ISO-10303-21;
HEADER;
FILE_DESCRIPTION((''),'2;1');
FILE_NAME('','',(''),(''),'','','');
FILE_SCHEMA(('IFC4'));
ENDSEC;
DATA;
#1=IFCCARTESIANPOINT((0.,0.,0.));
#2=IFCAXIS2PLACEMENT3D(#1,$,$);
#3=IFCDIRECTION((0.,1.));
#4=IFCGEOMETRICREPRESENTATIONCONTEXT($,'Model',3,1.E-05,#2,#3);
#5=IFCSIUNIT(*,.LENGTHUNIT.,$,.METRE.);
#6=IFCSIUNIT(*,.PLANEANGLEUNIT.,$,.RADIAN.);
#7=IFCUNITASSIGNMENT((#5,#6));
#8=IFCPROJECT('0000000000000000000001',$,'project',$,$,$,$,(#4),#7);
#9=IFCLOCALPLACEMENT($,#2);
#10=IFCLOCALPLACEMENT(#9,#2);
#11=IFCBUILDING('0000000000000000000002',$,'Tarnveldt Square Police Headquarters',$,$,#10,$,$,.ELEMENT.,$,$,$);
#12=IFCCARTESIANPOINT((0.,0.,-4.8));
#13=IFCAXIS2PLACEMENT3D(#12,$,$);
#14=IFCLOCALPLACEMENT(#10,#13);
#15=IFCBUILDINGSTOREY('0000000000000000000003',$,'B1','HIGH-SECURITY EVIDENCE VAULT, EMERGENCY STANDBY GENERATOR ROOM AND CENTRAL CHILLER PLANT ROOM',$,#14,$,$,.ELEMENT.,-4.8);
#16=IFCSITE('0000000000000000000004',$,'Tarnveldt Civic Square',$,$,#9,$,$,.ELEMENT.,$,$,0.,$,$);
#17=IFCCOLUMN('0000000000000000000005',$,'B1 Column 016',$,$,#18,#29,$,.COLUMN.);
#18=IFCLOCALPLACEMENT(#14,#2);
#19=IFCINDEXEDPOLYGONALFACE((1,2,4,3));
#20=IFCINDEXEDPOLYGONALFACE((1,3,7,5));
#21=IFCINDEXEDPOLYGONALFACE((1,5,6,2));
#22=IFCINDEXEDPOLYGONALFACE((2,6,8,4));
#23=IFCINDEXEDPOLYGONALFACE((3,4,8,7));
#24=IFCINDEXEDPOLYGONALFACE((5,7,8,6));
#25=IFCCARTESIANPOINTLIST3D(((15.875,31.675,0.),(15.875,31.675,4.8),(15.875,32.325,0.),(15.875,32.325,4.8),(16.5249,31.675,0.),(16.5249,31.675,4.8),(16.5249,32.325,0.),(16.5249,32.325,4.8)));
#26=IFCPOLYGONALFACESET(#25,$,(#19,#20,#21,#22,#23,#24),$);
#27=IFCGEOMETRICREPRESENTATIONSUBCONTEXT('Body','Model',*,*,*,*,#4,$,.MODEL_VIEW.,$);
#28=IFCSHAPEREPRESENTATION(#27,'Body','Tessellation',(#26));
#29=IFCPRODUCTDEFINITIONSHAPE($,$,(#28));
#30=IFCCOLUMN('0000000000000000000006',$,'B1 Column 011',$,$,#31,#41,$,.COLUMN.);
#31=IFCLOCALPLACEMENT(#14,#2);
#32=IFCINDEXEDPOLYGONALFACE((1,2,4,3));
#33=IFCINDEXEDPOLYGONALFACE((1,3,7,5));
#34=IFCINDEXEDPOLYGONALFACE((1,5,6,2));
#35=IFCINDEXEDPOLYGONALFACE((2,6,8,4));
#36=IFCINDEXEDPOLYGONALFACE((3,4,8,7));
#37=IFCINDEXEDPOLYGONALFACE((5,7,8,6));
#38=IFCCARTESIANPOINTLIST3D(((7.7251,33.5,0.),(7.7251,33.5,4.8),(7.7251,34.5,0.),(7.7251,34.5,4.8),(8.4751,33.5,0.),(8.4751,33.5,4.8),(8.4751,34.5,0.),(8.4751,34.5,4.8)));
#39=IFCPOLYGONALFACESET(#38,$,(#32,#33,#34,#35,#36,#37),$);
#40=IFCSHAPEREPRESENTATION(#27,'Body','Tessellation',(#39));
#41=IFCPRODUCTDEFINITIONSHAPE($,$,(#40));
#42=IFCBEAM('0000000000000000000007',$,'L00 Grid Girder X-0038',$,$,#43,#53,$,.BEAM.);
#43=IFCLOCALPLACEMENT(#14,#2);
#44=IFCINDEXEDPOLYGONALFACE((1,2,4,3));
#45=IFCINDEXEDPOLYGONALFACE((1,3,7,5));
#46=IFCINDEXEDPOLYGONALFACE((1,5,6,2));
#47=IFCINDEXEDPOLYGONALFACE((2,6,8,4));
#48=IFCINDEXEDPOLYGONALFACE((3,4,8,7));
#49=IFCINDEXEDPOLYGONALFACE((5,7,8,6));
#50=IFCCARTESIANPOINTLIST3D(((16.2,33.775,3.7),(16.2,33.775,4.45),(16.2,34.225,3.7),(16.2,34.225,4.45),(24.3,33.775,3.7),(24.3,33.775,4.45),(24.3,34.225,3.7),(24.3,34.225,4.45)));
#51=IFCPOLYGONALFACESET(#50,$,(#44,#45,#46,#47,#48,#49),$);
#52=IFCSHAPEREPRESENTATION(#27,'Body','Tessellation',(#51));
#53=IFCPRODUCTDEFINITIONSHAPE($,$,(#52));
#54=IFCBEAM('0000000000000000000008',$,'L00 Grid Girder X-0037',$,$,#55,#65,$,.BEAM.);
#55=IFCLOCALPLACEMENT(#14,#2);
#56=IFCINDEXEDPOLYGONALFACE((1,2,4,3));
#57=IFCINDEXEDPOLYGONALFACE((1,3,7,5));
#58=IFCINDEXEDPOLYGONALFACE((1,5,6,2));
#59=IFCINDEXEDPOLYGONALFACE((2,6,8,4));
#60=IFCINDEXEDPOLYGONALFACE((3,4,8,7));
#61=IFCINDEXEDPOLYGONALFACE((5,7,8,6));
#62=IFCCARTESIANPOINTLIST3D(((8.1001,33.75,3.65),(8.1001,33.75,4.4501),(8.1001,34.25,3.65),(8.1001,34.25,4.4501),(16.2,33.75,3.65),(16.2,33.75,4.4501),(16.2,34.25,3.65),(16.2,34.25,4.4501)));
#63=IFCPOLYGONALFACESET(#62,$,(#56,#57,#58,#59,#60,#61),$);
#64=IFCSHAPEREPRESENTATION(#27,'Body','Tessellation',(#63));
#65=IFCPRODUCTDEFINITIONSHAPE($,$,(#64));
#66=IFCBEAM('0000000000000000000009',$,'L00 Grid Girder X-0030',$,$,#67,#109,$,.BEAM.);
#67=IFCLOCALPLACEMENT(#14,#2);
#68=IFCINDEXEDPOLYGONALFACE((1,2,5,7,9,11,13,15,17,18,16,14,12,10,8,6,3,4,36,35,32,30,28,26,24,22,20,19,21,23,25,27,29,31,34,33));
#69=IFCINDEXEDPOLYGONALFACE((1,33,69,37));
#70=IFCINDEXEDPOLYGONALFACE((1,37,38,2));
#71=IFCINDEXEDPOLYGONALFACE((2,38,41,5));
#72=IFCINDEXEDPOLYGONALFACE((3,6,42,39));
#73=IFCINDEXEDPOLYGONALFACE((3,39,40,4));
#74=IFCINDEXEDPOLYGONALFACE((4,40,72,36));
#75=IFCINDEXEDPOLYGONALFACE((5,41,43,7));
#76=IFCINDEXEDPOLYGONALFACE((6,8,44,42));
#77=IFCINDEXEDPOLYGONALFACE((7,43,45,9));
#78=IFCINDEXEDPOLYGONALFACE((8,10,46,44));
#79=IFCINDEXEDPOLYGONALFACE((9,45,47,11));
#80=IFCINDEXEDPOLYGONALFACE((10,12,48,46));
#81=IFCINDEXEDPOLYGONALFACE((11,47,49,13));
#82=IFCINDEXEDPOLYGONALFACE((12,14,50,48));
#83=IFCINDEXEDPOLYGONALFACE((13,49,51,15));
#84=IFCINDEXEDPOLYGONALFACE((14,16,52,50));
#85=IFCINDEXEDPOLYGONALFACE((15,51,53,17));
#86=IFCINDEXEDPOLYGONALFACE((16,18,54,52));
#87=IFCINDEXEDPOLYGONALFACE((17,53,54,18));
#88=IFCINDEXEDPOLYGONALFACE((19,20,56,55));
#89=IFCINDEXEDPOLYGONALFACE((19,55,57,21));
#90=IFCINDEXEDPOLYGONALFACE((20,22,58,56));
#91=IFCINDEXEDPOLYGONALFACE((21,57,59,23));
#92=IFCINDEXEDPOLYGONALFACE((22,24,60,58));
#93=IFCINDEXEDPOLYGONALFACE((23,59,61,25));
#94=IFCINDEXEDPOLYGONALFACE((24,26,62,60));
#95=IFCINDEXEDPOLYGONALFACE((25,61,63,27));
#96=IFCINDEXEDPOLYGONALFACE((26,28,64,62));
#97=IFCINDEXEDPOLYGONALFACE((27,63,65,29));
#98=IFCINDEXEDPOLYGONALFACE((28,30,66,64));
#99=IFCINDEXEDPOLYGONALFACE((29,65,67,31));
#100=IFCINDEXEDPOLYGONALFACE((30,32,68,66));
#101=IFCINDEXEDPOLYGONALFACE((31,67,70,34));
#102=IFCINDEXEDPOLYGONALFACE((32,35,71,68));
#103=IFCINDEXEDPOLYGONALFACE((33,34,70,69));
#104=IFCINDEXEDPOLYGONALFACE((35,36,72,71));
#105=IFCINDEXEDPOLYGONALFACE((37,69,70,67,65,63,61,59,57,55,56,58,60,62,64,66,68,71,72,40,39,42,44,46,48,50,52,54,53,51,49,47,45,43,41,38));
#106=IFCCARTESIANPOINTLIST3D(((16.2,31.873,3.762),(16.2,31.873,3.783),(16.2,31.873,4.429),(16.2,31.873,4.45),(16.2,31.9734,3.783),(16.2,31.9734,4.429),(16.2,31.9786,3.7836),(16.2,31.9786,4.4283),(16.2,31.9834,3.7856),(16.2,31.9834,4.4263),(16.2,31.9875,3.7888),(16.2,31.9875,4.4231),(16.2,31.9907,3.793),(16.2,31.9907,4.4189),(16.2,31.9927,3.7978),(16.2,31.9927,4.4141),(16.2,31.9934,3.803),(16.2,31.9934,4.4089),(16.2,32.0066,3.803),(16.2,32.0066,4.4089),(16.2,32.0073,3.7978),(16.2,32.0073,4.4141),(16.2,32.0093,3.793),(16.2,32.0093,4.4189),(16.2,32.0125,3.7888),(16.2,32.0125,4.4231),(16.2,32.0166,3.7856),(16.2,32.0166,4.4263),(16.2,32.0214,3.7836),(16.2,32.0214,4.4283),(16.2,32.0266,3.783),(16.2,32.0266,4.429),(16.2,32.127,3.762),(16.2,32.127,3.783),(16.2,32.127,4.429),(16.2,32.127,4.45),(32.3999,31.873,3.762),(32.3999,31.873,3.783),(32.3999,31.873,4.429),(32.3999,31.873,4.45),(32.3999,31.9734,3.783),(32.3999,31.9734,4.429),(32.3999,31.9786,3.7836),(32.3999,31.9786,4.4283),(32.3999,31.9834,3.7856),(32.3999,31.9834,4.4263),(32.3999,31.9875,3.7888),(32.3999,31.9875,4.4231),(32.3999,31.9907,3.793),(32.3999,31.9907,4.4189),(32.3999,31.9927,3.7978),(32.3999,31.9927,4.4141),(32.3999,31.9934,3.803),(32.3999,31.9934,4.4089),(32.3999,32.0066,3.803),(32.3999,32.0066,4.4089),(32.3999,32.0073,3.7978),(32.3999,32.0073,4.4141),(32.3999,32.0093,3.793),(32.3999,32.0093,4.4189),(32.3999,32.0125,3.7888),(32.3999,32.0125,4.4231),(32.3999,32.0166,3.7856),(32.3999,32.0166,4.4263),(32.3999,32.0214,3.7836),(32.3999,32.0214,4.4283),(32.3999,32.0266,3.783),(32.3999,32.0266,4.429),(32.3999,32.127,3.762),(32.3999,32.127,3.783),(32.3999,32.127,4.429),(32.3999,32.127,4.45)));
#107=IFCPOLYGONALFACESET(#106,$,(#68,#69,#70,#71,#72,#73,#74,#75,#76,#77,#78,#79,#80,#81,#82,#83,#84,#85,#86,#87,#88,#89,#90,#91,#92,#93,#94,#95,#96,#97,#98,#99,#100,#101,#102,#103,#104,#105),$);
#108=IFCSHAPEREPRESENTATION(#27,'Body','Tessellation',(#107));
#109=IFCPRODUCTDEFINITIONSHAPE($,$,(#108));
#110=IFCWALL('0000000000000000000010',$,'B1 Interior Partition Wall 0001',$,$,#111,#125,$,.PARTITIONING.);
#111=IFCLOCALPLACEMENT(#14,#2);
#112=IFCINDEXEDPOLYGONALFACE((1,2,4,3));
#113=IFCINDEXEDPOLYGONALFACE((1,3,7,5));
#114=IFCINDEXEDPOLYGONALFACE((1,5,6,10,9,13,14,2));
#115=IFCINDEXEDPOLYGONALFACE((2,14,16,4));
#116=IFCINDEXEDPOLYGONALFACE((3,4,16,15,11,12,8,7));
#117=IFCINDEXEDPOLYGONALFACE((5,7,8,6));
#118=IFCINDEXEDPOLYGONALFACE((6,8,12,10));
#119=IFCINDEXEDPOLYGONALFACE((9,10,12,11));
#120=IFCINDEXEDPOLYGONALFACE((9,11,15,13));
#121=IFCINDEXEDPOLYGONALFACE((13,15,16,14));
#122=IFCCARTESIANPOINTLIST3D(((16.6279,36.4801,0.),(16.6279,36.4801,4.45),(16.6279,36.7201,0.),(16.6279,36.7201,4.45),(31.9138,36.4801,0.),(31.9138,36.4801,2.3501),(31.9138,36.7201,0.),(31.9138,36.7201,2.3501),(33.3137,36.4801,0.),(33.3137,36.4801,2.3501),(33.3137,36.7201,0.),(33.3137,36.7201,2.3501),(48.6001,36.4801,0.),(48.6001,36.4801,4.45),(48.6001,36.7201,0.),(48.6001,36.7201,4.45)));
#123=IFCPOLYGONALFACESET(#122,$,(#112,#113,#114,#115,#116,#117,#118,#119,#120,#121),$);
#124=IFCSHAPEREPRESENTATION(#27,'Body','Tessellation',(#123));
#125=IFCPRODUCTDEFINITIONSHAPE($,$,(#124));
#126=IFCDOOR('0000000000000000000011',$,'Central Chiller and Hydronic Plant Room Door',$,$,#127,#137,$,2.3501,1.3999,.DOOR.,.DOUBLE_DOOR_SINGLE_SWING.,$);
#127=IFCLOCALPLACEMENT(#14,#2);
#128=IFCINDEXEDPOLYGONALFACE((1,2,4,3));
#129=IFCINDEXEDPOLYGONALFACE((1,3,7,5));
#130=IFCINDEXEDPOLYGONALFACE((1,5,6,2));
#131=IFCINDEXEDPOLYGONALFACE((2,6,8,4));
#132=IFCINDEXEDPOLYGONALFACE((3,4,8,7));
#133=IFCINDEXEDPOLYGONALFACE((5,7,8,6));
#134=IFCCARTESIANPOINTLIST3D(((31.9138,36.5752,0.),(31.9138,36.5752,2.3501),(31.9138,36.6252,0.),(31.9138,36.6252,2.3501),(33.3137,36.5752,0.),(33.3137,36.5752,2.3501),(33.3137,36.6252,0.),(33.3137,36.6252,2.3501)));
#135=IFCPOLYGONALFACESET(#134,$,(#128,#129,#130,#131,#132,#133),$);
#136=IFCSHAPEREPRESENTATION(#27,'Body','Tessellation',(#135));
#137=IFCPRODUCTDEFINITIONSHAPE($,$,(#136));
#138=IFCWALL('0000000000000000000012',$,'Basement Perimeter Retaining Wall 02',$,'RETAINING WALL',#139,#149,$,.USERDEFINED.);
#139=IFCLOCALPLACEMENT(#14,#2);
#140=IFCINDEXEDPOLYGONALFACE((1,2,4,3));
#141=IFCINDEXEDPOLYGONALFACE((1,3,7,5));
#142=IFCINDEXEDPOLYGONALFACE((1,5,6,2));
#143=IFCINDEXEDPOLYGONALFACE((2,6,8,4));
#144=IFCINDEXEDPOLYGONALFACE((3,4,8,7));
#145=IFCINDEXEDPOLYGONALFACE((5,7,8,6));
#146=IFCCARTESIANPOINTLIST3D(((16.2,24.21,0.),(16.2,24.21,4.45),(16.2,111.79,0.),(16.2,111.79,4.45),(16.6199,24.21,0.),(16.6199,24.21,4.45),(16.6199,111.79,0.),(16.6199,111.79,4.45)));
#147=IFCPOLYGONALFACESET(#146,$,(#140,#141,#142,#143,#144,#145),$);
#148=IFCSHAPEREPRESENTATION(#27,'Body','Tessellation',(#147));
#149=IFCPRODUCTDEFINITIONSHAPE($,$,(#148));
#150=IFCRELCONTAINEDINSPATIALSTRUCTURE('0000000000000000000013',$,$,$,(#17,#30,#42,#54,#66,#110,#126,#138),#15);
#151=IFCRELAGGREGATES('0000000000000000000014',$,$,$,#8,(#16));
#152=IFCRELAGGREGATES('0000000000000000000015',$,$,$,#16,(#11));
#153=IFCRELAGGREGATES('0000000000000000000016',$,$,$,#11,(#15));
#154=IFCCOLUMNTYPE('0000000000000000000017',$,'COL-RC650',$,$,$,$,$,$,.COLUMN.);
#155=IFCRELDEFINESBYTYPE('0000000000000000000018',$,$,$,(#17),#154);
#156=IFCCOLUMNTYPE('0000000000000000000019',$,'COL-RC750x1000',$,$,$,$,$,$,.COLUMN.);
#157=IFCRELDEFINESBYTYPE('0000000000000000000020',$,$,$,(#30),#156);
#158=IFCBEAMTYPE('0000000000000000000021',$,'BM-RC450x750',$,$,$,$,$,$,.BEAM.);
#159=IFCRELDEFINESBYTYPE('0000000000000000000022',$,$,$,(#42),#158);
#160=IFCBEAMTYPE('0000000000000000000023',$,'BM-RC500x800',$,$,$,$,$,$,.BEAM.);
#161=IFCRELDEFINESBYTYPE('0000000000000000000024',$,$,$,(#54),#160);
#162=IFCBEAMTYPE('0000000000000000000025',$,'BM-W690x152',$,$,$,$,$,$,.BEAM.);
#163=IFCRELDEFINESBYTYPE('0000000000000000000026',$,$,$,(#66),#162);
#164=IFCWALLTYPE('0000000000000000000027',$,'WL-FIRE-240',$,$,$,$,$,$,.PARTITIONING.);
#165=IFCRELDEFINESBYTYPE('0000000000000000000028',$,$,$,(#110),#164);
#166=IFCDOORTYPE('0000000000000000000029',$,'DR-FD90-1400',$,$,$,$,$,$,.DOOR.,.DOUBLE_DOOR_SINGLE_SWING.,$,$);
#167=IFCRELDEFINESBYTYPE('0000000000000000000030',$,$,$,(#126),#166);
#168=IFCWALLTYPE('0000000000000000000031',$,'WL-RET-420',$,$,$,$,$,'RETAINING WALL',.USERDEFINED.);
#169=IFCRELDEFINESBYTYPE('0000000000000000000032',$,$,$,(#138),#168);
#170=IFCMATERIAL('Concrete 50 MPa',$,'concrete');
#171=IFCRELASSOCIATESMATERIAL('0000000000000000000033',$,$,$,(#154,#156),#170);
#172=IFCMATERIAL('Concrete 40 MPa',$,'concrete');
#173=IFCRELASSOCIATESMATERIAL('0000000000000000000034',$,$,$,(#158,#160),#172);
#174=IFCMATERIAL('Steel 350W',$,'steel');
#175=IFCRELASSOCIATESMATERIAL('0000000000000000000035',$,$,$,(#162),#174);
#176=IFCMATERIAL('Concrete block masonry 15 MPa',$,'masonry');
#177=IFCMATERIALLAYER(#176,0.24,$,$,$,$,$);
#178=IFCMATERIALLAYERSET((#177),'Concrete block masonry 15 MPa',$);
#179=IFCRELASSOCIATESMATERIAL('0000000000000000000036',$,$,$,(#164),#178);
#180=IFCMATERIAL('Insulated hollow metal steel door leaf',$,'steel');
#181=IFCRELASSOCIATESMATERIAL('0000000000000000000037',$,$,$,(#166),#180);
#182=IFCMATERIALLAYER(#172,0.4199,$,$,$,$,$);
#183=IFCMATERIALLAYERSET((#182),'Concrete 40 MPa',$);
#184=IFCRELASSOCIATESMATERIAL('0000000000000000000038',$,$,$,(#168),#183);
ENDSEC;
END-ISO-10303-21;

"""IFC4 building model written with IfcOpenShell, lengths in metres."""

from ifc_helpers import new_model, si_unit, direction, frame, frame_2d, origin, origin_2d, place, context, subcontext, project, spatial, rectangle, i_section, extrude, material, layer, layer_set, material_profile, profile_set, type_object, element, fill, save


model = new_model("IFC4")

# Units and contexts
model_context = context("Model", 3, precision=1e-05, world=origin(), true_north=direction((0.0, 1.0)))
body_context = subcontext(model_context, "Body", "Model", "MODEL_VIEW")
ifc_project = project(units=[si_unit("LENGTHUNIT", "METRE"), si_unit("PLANEANGLEUNIT", "RADIAN")], contexts=[model_context])

# Site, building, storey
site_placement = place(None, origin())
site = spatial("IfcSite", under=ifc_project, at=site_placement, Name="Tarnveldt Civic Square", CompositionType="ELEMENT", RefElevation=0.0)
building_placement = place(site_placement, origin())
building = spatial("IfcBuilding", under=site, at=building_placement, Name="Tarnveldt Square Police Headquarters", CompositionType="ELEMENT")
storey_placement = place(building_placement, frame((0.0, 0.0, -4.8)))
storey = spatial("IfcBuildingStorey", under=building, at=storey_placement, Name="B1", Description="HIGH-SECURITY EVIDENCE VAULT, EMERGENCY STANDBY GENERATOR ROOM AND CENTRAL CHILLER PLANT ROOM", CompositionType="ELEMENT", Elevation=-4.8)

# Shared definitions
ifc_material_1 = material(Name="Concrete 40 MPa", Category="concrete")

# Columns
ifc_material_2 = material(Name="Concrete 50 MPa", Category="concrete")
ifc_material_profile_1 = material_profile(ifc_material_2, rectangle(XDim=0.6499, YDim=0.6499, at=origin_2d()), Name="RC-C650x650")
ifc_profile_set_1 = profile_set([ifc_material_profile_1], Name="Concrete 50 MPa")
column_type_1 = type_object("IfcColumnType", Name="COL-RC650", PredefinedType="COLUMN", material=ifc_profile_set_1)
column_1_placement = place(storey_placement, frame((16.2, 32.0, 0.0), z_axis=(0.0, 0.0, 1.0), x_axis=(1.0, 0.0, 0.0)))
element("IfcColumn", 1, at=column_1_placement, inside=storey, type_object=column_type_1, Name="B1 Column 016", PredefinedType="COLUMN", context=body_context, shape_type="SweptSolid", body=[
    extrude(rectangle(XDim=0.6499, YDim=0.6499, at=origin_2d()), origin(), (0.0, 0.0, 1.0), 4.8),
])
ifc_material_profile_2 = material_profile(ifc_material_2, rectangle(XDim=0.75, YDim=1.0, at=origin_2d()), Name="RC-C750x1000")
ifc_profile_set_2 = profile_set([ifc_material_profile_2], Name="Concrete 50 MPa")
column_type_2 = type_object("IfcColumnType", Name="COL-RC750x1000", PredefinedType="COLUMN", material=ifc_profile_set_2)
column_2_placement = place(storey_placement, frame((8.1001, 34.0, 0.0), z_axis=(0.0, 0.0, 1.0), x_axis=(1.0, 0.0, 0.0)))
element("IfcColumn", 2, at=column_2_placement, inside=storey, type_object=column_type_2, Name="B1 Column 011", PredefinedType="COLUMN", context=body_context, shape_type="SweptSolid", body=[
    extrude(rectangle(XDim=0.75, YDim=1.0, at=origin_2d()), origin(), (0.0, 0.0, 1.0), 4.8),
])

# Beams
ifc_material_profile_3 = material_profile(ifc_material_1, rectangle(XDim=0.45, YDim=0.75, at=origin_2d()), Name="RC-B450x750")
ifc_profile_set_3 = profile_set([ifc_material_profile_3], Name="Concrete 40 MPa")
beam_type_1 = type_object("IfcBeamType", Name="BM-RC450x750", PredefinedType="BEAM", material=ifc_profile_set_3)
beam_1_placement = place(storey_placement, frame((16.2, 34.0, 4.075), z_axis=(1.0, 0.0, 0.0), x_axis=(0.0, 1.0, 0.0)))
element("IfcBeam", 3, at=beam_1_placement, inside=storey, type_object=beam_type_1, Name="L00 Grid Girder X-0038", PredefinedType="BEAM", context=body_context, shape_type="SweptSolid", body=[
    extrude(rectangle(XDim=0.45, YDim=0.75, at=origin_2d()), origin(), (0.0, 0.0, 1.0), 8.1001),
])
ifc_material_profile_4 = material_profile(ifc_material_1, rectangle(XDim=0.5, YDim=0.8, at=origin_2d()), Name="RC-B500x800")
ifc_profile_set_4 = profile_set([ifc_material_profile_4], Name="Concrete 40 MPa")
beam_type_2 = type_object("IfcBeamType", Name="BM-RC500x800", PredefinedType="BEAM", material=ifc_profile_set_4)
beam_2_placement = place(storey_placement, frame((8.1001, 34.0, 4.05), z_axis=(1.0, 0.0, 0.0), x_axis=(0.0, 1.0, 0.0)))
element("IfcBeam", 4, at=beam_2_placement, inside=storey, type_object=beam_type_2, Name="L00 Grid Girder X-0037", PredefinedType="BEAM", context=body_context, shape_type="SweptSolid", body=[
    extrude(rectangle(XDim=0.5, YDim=0.8, at=origin_2d()), origin(), (0.0, 0.0, 1.0), 8.0999),
])
ifc_material_3 = material(Name="Steel 350W", Category="steel")
ifc_material_profile_5 = material_profile(ifc_material_3, i_section(OverallWidth=0.2539, OverallDepth=0.688, WebThickness=0.0132, FlangeThickness=0.021, FilletRadius=0.02, at=origin_2d()), Name="W690x152")
ifc_profile_set_5 = profile_set([ifc_material_profile_5], Name="Steel 350W")
beam_type_3 = type_object("IfcBeamType", Name="BM-W690x152", PredefinedType="BEAM", material=ifc_profile_set_5)
beam_3_placement = place(storey_placement, frame((16.2, 32.0, 4.106), z_axis=(1.0, 0.0, 0.0), x_axis=(0.0, 1.0, 0.0)))
element("IfcBeam", 5, at=beam_3_placement, inside=storey, type_object=beam_type_3, Name="L00 Grid Girder X-0030", PredefinedType="BEAM", context=body_context, shape_type="SweptSolid", body=[
    extrude(i_section(OverallWidth=0.2539, OverallDepth=0.688, WebThickness=0.0132, FlangeThickness=0.021, FilletRadius=0.02, at=origin_2d()), origin(), (0.0, 0.0, 1.0), 16.2),
])

# Wall, opening, door
ifc_material_4 = material(Name="Concrete block masonry 15 MPa", Category="masonry")
ifc_layer_1 = layer(ifc_material_4, 0.24)
ifc_layer_set_1 = layer_set([ifc_layer_1], Name="Concrete block masonry 15 MPa")
wall_type_1 = type_object("IfcWallType", Name="WL-FIRE-240", PredefinedType="PARTITIONING", material=ifc_layer_set_1)
wall_1_placement = place(storey_placement, frame((16.6279, 36.6001, 0.0), z_axis=(0.0, 0.0, 1.0), x_axis=(1.0, 0.0, 0.0)))
wall_1 = element("IfcWall", 6, at=wall_1_placement, inside=storey, type_object=wall_type_1, Name="B1 Interior Partition Wall 0001", PredefinedType="PARTITIONING", context=body_context, shape_type="SweptSolid", body=[
    extrude(rectangle(XDim=31.9722, YDim=0.24, at=frame_2d((15.9861, 0.0))), origin(), (0.0, 0.0, 1.0), 4.45),
])
opening_placement = place(wall_1_placement, frame((15.2859, 0.0, 0.0)))
opening = element("IfcOpeningElement", 7, at=opening_placement, cuts=wall_1, PredefinedType="OPENING", context=body_context, shape_type="SweptSolid", body=[
    extrude(rectangle(XDim=1.3999, YDim=2.3501, at=frame_2d((0.7, 1.175))), frame((0.0, 0.1299, 0.0), z_axis=(0.0, -1.0, 0.0), x_axis=(1.0, 0.0, 0.0)), (0.0, 0.0, 1.0), 0.26),
])
ifc_material_5 = material(Name="Insulated hollow metal steel door leaf", Category="steel")
door_type = type_object("IfcDoorType", Name="DR-FD90-1400", OperationType="DOUBLE_DOOR_SINGLE_SWING", PredefinedType="DOOR", material=ifc_material_5)
door_placement = place(opening_placement, frame((1.3999, 0.0, 0.0), z_axis=(0.0, 0.0, 1.0), x_axis=(-1.0, 0.0, 0.0)))
door = element("IfcDoor", 8, at=door_placement, inside=storey, type_object=door_type, Name="Central Chiller and Hydronic Plant Room Door", OperationType="DOUBLE_DOOR_SINGLE_SWING", OverallHeight=2.3501, OverallWidth=1.3999, PredefinedType="DOOR", context=body_context, shape_type="SweptSolid", body=[
    extrude(rectangle(XDim=1.3999, YDim=2.3501, at=frame_2d((0.7, 1.175))), frame((0.0, 0.0249, 0.0), z_axis=(0.0, -1.0, 0.0), x_axis=(1.0, 0.0, 0.0)), (0.0, 0.0, 1.0), 0.05),
])
fill(opening, door)

# Wall
ifc_layer_2 = layer(ifc_material_1, 0.4199)
ifc_layer_set_2 = layer_set([ifc_layer_2], Name="Concrete 40 MPa")
wall_type_2 = type_object("IfcWallType", Name="WL-RET-420", ElementType="RETAINING WALL", PredefinedType="USERDEFINED", material=ifc_layer_set_2)
wall_2_placement = place(storey_placement, frame((16.4099, 24.21, 0.0), z_axis=(0.0, 0.0, 1.0), x_axis=(0.0, 1.0, 0.0)))
element("IfcWall", 9, at=wall_2_placement, inside=storey, type_object=wall_type_2, Name="Basement Perimeter Retaining Wall 02", ObjectType="RETAINING WALL", PredefinedType="USERDEFINED", context=body_context, shape_type="SweptSolid", body=[
    extrude(rectangle(XDim=87.5801, YDim=0.4199, at=frame_2d((43.79, 0.0))), origin(), (0.0, 0.0, 1.0), 4.45),
])

save(model, "model.ifc")
